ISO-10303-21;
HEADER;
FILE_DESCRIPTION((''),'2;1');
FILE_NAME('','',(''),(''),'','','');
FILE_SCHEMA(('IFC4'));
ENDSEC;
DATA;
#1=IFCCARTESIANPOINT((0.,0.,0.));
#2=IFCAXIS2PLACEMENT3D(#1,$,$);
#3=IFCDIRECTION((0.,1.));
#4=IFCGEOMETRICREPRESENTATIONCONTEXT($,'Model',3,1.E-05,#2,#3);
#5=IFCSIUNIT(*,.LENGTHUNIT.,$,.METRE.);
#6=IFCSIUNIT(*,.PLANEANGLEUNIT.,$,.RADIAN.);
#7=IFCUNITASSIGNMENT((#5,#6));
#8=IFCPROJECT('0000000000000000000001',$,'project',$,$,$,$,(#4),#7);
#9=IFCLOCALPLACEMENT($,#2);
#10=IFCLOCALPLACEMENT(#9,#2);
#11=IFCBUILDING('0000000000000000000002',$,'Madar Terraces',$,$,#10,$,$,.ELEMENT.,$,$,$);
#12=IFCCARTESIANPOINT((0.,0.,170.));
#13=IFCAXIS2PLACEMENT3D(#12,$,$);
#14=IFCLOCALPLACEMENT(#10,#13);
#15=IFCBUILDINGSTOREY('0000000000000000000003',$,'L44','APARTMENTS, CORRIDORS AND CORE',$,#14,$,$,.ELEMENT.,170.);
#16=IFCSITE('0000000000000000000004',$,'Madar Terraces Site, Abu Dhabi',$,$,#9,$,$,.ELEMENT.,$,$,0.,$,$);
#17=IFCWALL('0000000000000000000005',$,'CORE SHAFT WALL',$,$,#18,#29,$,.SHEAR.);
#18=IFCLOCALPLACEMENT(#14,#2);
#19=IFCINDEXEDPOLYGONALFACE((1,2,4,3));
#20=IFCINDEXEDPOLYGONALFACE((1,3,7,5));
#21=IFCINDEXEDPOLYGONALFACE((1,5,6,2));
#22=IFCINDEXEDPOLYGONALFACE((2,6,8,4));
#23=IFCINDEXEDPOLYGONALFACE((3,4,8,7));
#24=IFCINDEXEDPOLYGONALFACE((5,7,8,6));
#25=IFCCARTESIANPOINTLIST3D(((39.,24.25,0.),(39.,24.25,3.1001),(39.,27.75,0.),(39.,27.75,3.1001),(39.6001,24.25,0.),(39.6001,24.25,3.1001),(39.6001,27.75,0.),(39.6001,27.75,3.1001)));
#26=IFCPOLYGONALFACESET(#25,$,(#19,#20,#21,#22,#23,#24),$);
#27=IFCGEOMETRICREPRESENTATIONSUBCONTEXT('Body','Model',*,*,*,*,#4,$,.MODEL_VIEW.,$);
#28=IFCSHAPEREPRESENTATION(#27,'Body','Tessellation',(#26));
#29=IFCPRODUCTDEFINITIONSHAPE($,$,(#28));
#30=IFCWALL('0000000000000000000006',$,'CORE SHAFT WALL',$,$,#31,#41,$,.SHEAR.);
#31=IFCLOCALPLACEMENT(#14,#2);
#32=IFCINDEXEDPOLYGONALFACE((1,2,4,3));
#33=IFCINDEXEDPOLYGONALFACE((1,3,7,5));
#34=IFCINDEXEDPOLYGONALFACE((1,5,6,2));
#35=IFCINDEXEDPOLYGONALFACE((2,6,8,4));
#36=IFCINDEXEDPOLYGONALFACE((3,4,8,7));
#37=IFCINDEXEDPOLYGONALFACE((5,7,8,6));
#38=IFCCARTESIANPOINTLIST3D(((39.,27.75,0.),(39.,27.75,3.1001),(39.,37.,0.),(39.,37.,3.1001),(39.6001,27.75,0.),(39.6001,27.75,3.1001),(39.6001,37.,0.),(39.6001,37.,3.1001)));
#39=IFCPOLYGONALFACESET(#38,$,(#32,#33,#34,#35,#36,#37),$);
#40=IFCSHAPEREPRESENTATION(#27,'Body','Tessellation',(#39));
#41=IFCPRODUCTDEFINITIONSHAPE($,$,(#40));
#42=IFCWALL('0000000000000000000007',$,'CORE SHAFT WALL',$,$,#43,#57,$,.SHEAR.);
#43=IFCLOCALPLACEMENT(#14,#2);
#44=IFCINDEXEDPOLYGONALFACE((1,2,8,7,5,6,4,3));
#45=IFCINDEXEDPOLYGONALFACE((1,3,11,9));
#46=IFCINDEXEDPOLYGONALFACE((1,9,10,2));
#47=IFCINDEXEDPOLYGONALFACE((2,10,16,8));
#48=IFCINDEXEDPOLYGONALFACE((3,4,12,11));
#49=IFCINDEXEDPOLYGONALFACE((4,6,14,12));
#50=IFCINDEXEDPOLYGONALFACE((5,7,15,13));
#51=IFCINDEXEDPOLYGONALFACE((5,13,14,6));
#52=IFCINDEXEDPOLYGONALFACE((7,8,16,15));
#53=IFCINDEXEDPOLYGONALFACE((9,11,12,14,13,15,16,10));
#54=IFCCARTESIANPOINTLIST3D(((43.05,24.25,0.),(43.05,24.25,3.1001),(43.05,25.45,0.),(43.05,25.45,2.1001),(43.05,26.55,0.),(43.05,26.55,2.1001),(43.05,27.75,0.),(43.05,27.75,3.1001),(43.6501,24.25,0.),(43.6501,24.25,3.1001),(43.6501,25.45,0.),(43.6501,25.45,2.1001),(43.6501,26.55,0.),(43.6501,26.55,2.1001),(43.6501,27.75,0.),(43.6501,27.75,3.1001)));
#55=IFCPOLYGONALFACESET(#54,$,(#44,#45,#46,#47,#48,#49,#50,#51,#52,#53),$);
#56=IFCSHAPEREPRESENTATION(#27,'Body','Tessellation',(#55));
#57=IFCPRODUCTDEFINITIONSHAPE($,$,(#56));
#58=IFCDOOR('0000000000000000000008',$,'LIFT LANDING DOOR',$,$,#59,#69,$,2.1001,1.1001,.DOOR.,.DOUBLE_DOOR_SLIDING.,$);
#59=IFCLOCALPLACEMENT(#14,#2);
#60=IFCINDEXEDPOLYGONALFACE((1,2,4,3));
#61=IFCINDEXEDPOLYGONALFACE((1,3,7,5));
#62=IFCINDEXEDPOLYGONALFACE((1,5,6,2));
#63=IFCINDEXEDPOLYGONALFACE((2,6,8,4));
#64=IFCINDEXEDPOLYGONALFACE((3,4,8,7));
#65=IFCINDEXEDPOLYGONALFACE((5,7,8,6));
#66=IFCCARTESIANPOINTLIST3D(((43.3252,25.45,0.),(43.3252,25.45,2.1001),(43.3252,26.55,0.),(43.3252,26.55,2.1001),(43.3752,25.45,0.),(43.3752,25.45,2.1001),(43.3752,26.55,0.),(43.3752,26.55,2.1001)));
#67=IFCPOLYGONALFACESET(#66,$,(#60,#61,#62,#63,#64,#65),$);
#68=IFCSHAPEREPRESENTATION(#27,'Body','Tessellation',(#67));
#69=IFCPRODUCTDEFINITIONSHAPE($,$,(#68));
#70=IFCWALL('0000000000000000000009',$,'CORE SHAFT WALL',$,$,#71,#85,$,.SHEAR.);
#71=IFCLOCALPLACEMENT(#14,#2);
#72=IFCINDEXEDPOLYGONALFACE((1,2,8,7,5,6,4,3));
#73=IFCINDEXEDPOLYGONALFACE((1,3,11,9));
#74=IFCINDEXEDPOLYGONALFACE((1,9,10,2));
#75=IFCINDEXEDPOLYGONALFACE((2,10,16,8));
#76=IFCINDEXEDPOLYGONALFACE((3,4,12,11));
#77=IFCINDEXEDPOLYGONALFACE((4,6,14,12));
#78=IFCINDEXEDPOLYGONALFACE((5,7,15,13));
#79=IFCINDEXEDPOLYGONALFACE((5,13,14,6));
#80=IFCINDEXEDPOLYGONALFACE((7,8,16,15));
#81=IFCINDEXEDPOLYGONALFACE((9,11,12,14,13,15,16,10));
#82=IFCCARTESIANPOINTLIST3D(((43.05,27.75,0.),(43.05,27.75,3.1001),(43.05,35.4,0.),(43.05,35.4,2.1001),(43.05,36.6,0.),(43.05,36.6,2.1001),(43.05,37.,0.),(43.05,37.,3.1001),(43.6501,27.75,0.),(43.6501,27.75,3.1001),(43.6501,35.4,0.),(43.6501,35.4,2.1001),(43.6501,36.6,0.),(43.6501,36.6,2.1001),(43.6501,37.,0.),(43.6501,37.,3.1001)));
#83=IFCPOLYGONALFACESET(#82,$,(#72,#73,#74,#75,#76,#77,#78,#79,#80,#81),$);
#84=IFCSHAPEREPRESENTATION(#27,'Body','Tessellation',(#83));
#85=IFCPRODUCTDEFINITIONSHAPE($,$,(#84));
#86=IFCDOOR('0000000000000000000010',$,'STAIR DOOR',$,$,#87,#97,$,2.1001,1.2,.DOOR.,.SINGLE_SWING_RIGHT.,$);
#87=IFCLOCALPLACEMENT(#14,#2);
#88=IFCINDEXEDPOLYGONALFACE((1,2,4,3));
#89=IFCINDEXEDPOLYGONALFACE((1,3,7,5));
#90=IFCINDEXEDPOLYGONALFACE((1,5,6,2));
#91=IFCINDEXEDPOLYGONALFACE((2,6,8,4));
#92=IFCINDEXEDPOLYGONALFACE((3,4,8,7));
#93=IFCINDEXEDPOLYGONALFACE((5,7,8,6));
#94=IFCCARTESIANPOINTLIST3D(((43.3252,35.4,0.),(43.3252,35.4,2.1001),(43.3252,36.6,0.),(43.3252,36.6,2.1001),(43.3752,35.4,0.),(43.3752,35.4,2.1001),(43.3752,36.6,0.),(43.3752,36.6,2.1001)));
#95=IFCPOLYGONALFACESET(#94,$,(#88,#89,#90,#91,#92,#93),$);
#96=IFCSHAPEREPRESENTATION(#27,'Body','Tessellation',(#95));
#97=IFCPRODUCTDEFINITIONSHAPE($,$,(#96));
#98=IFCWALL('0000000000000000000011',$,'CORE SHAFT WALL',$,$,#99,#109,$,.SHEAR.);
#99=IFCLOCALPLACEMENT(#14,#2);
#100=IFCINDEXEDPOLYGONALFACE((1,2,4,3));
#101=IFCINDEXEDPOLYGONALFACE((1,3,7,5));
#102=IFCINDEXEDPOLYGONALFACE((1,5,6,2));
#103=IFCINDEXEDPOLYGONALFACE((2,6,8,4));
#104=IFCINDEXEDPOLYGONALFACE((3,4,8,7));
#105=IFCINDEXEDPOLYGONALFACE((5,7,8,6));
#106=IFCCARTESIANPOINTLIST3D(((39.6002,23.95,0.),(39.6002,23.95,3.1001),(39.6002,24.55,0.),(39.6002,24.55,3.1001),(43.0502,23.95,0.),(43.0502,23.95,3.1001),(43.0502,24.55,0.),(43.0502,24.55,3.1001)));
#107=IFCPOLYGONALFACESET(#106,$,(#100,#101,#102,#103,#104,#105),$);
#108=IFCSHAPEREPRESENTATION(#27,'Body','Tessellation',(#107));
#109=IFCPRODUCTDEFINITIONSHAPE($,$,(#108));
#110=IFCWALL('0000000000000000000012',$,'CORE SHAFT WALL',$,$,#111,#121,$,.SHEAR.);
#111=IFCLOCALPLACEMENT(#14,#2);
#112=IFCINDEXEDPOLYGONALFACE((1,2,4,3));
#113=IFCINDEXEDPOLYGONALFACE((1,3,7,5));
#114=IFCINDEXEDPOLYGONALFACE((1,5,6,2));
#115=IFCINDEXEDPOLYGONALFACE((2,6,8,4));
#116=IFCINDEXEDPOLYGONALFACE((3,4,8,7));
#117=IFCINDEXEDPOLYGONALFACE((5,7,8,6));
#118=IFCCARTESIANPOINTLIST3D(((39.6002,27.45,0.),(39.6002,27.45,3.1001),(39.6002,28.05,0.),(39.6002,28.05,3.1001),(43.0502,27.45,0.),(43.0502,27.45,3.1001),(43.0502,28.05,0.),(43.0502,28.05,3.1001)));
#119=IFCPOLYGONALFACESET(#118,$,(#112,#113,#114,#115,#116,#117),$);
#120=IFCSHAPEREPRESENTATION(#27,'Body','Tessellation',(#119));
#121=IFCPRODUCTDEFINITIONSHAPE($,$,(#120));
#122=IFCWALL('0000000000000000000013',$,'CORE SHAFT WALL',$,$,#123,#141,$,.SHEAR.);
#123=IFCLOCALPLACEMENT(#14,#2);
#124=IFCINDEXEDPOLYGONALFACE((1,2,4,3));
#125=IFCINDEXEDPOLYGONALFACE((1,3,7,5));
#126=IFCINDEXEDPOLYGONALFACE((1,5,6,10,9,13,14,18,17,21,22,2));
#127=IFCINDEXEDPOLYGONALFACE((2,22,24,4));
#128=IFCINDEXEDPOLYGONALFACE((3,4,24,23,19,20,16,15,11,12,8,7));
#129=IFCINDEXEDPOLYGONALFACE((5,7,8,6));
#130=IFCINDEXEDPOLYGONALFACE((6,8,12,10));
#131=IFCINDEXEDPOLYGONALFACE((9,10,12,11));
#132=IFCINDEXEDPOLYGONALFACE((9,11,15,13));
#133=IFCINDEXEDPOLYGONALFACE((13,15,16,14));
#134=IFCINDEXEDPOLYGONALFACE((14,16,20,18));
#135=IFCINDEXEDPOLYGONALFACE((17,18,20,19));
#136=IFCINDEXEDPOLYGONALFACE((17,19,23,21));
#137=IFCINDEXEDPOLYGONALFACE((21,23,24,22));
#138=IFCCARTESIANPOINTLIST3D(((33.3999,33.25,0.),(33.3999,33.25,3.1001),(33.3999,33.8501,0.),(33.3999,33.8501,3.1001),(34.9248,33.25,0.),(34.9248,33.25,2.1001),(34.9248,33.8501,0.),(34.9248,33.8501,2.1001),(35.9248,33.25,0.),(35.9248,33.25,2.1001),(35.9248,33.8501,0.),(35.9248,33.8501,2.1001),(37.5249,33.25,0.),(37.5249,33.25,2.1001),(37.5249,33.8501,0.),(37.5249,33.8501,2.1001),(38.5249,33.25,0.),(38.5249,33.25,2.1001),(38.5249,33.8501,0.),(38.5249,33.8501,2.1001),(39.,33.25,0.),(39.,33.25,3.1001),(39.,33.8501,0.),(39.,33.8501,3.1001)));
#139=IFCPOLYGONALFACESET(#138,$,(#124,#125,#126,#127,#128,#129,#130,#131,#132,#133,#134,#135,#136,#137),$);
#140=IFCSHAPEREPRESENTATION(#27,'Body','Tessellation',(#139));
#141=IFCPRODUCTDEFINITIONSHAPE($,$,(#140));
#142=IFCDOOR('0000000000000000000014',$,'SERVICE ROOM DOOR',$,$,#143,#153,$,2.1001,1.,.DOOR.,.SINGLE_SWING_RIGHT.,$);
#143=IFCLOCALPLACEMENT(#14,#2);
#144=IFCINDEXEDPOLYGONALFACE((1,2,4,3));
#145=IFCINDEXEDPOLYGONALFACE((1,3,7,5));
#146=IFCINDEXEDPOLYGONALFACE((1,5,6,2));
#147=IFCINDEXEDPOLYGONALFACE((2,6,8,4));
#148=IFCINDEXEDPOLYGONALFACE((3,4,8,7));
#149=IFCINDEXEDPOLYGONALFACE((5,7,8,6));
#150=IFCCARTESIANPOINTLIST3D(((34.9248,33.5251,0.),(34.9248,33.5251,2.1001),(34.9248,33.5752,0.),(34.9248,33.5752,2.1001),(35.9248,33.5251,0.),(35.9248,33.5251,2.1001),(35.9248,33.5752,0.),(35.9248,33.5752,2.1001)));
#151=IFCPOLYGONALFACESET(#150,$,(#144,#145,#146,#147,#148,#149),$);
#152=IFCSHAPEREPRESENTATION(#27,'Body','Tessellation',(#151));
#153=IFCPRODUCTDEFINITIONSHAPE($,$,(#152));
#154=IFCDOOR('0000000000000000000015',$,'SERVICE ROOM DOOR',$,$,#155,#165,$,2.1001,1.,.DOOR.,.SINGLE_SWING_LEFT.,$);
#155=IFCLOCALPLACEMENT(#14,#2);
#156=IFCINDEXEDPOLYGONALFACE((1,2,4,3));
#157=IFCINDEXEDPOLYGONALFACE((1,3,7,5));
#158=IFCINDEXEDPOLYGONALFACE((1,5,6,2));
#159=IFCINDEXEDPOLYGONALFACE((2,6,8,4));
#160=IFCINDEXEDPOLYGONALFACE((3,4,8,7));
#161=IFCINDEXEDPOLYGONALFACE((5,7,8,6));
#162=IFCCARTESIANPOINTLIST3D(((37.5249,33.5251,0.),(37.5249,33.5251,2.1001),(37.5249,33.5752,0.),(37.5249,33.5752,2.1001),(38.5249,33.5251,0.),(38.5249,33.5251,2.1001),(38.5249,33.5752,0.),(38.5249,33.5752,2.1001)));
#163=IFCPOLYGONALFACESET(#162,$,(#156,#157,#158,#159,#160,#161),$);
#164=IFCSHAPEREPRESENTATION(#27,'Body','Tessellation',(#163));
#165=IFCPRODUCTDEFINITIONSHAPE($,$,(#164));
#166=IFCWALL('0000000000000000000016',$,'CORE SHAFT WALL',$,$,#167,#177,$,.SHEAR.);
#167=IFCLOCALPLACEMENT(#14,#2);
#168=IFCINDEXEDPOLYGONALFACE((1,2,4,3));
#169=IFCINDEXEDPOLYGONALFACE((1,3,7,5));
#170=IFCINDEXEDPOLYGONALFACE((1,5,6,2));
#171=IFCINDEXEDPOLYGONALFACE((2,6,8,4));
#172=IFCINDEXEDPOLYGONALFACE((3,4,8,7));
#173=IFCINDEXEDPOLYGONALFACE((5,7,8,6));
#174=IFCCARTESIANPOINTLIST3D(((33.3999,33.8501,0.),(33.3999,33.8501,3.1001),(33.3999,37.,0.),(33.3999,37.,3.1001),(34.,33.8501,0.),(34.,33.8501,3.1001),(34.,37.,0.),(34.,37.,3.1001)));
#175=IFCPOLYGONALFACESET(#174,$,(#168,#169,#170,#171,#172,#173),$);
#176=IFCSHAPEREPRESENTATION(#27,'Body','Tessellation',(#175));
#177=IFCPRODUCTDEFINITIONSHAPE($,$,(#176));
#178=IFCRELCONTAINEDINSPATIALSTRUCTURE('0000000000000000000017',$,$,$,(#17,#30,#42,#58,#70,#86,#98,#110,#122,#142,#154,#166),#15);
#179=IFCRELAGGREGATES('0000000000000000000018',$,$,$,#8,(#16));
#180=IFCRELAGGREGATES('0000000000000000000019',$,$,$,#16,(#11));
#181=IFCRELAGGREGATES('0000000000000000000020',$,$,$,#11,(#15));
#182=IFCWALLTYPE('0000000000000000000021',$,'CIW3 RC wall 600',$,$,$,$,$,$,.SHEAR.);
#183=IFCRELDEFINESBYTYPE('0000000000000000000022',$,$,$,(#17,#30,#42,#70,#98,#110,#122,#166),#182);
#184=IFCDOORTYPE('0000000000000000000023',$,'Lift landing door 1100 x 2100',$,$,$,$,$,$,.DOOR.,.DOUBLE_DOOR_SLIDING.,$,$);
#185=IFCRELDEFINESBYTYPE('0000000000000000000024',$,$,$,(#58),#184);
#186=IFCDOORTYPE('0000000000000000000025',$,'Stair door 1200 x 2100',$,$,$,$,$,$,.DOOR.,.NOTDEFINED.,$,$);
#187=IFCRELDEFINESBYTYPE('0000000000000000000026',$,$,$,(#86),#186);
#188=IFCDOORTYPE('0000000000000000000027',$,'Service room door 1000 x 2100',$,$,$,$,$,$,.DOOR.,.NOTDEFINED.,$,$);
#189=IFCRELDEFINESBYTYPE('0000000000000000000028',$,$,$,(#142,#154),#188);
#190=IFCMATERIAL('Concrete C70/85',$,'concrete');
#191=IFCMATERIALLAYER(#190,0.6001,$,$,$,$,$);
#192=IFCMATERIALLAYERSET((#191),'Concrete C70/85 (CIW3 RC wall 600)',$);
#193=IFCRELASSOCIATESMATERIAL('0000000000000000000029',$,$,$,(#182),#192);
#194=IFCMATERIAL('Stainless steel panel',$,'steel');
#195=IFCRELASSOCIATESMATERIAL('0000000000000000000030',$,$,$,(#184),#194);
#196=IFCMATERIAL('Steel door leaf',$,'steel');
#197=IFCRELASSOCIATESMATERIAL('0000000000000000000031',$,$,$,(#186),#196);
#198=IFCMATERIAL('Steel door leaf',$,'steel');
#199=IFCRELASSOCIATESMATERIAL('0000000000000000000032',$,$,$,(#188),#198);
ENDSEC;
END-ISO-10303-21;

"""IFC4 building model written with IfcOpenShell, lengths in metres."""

from ifc_helpers import new_model, si_unit, direction, frame, frame_2d, origin, place, context, subcontext, project, spatial, rectangle, extrude, material, layer, layer_set, type_object, element, fill, save


model = new_model("IFC4")

# Units and contexts
model_context = context("Model", 3, precision=1e-05, world=origin(), true_north=direction((0.0, 1.0)))
body_context = subcontext(model_context, "Body", "Model", "MODEL_VIEW")
ifc_project = project(units=[si_unit("LENGTHUNIT", "METRE"), si_unit("PLANEANGLEUNIT", "RADIAN")], contexts=[model_context])

# Site, building, storey
site_placement = place(None, origin())
site = spatial("IfcSite", under=ifc_project, at=site_placement, Name="Madar Terraces Site, Abu Dhabi", CompositionType="ELEMENT", RefElevation=0.0)
building_placement = place(site_placement, origin())
building = spatial("IfcBuilding", under=site, at=building_placement, Name="Madar Terraces", CompositionType="ELEMENT")
storey_placement = place(building_placement, frame((0.0, 0.0, 170.0)))
storey = spatial("IfcBuildingStorey", under=building, at=storey_placement, Name="L44", Description="APARTMENTS, CORRIDORS AND CORE", CompositionType="ELEMENT", Elevation=170.0)

# Walls
ifc_material_1 = material(Name="Concrete C70/85", Category="concrete")
ifc_layer_1 = layer(ifc_material_1, 0.6001)
ifc_layer_set_1 = layer_set([ifc_layer_1], Name="Concrete C70/85 (CIW3 RC wall 600)")
wall_type_1 = type_object("IfcWallType", Name="CIW3 RC wall 600", PredefinedType="SHEAR", material=ifc_layer_set_1)
wall_1_placement = place(storey_placement, frame((39.3, 24.25, 0.0), z_axis=(0.0, 0.0, 1.0), x_axis=(0.0, 1.0, 0.0)))
element("IfcWall", 1, at=wall_1_placement, inside=storey, type_object=wall_type_1, Name="CORE SHAFT WALL", PredefinedType="SHEAR", context=body_context, shape_type="SweptSolid", body=[
    extrude(rectangle(XDim=3.5, YDim=0.6001, at=frame_2d((1.75, 0.0))), origin(), (0.0, 0.0, 1.0), 3.1001),
])
wall_2_placement = place(storey_placement, frame((39.3, 27.75, 0.0), z_axis=(0.0, 0.0, 1.0), x_axis=(0.0, 1.0, 0.0)))
element("IfcWall", 2, at=wall_2_placement, inside=storey, type_object=wall_type_1, Name="CORE SHAFT WALL", PredefinedType="SHEAR", context=body_context, shape_type="SweptSolid", body=[
    extrude(rectangle(XDim=9.25, YDim=0.6001, at=frame_2d((4.625, 0.0))), origin(), (0.0, 0.0, 1.0), 3.1001),
])

# Walls, openings, doors
wall_3_placement = place(storey_placement, frame((43.3501, 24.25, 0.0), z_axis=(0.0, 0.0, 1.0), x_axis=(0.0, 1.0, 0.0)))
wall_3 = element("IfcWall", 3, at=wall_3_placement, inside=storey, type_object=wall_type_1, Name="CORE SHAFT WALL", PredefinedType="SHEAR", context=body_context, shape_type="SweptSolid", body=[
    extrude(rectangle(XDim=3.5, YDim=0.6001, at=frame_2d((1.75, 0.0))), origin(), (0.0, 0.0, 1.0), 3.1001),
])
opening_1_placement = place(wall_3_placement, frame((1.2, 0.0, 0.0)))
opening_1 = element("IfcOpeningElement", 4, at=opening_1_placement, cuts=wall_3, PredefinedType="OPENING", context=body_context, shape_type="SweptSolid", body=[
    extrude(rectangle(XDim=1.1001, YDim=2.1001, at=frame_2d((0.55, 1.05))), frame((0.0, 0.3101, 0.0), z_axis=(0.0, -1.0, 0.0), x_axis=(1.0, 0.0, 0.0)), (0.0, 0.0, 1.0), 0.6201),
])
ifc_material_2 = material(Name="Stainless steel panel", Category="steel")
door_type_1 = type_object("IfcDoorType", Name="Lift landing door 1100 x 2100", OperationType="DOUBLE_DOOR_SLIDING", PredefinedType="DOOR", material=ifc_material_2)
door_1_placement = place(opening_1_placement, origin())
door_1 = element("IfcDoor", 5, at=door_1_placement, inside=storey, type_object=door_type_1, Name="LIFT LANDING DOOR", OperationType="DOUBLE_DOOR_SLIDING", OverallHeight=2.1001, OverallWidth=1.1001, PredefinedType="DOOR", context=body_context, shape_type="SweptSolid", body=[
    extrude(rectangle(XDim=1.1001, YDim=2.1001, at=frame_2d((0.55, 1.05))), frame((0.0, 0.0249, 0.0), z_axis=(0.0, -1.0, 0.0), x_axis=(1.0, 0.0, 0.0)), (0.0, 0.0, 1.0), 0.05),
])
fill(opening_1, door_1)
wall_4_placement = place(storey_placement, frame((43.3501, 27.75, 0.0), z_axis=(0.0, 0.0, 1.0), x_axis=(0.0, 1.0, 0.0)))
wall_4 = element("IfcWall", 6, at=wall_4_placement, inside=storey, type_object=wall_type_1, Name="CORE SHAFT WALL", PredefinedType="SHEAR", context=body_context, shape_type="SweptSolid", body=[
    extrude(rectangle(XDim=9.25, YDim=0.6001, at=frame_2d((4.625, 0.0))), origin(), (0.0, 0.0, 1.0), 3.1001),
])
opening_2_placement = place(wall_4_placement, frame((7.6499, 0.0, 0.0)))
opening_2 = element("IfcOpeningElement", 7, at=opening_2_placement, cuts=wall_4, PredefinedType="OPENING", context=body_context, shape_type="SweptSolid", body=[
    extrude(rectangle(XDim=1.2, YDim=2.1001, at=frame_2d((0.6001, 1.05))), frame((0.0, 0.3101, 0.0), z_axis=(0.0, -1.0, 0.0), x_axis=(1.0, 0.0, 0.0)), (0.0, 0.0, 1.0), 0.6201),
])
ifc_material_3 = material(Name="Steel door leaf", Category="steel")
door_type_2 = type_object("IfcDoorType", Name="Stair door 1200 x 2100", OperationType="NOTDEFINED", PredefinedType="DOOR", material=ifc_material_3)
door_2_placement = place(opening_2_placement, origin())
door_2 = element("IfcDoor", 8, at=door_2_placement, inside=storey, type_object=door_type_2, Name="STAIR DOOR", OperationType="SINGLE_SWING_RIGHT", OverallHeight=2.1001, OverallWidth=1.2, PredefinedType="DOOR", context=body_context, shape_type="SweptSolid", body=[
    extrude(rectangle(XDim=1.2, YDim=2.1001, at=frame_2d((0.6001, 1.05))), frame((0.0, 0.0249, 0.0), z_axis=(0.0, -1.0, 0.0), x_axis=(1.0, 0.0, 0.0)), (0.0, 0.0, 1.0), 0.05),
])
fill(opening_2, door_2)

# Walls
for number, where, z_axis, x_axis, name in (
    (9, (39.6001, 24.25, 0.0), (0.0, 0.0, 1.0), (1.0, 0.0, 0.0), "CORE SHAFT WALL"),
    (10, (39.6001, 27.75, 0.0), (0.0, 0.0, 1.0), (1.0, 0.0, 0.0), "CORE SHAFT WALL"),
):
    element("IfcWall", number, at=place(storey_placement, frame(where, z_axis=z_axis, x_axis=x_axis)), inside=storey, type_object=wall_type_1, Name=name, PredefinedType="SHEAR", context=body_context, shape_type="SweptSolid", body=[
        extrude(rectangle(XDim=3.45, YDim=0.6001, at=frame_2d((1.7251, 0.0))), origin(), (0.0, 0.0, 1.0), 3.1001),
    ])

# Wall, openings, doors
wall_5_placement = place(storey_placement, frame((33.3999, 33.55, 0.0), z_axis=(0.0, 0.0, 1.0), x_axis=(1.0, 0.0, 0.0)))
wall_5 = element("IfcWall", 11, at=wall_5_placement, inside=storey, type_object=wall_type_1, Name="CORE SHAFT WALL", PredefinedType="SHEAR", context=body_context, shape_type="SweptSolid", body=[
    extrude(rectangle(XDim=5.6001, YDim=0.6001, at=frame_2d((2.8, 0.0))), origin(), (0.0, 0.0, 1.0), 3.1001),
])
opening_3_placement = place(wall_5_placement, frame((1.5249, 0.0, 0.0)))
opening_3 = element("IfcOpeningElement", 12, at=opening_3_placement, cuts=wall_5, PredefinedType="OPENING", context=body_context, shape_type="SweptSolid", body=[
    extrude(rectangle(XDim=1.0, YDim=2.1001, at=frame_2d((0.5, 1.05))), frame((0.0, 0.3101, 0.0), z_axis=(0.0, -1.0, 0.0), x_axis=(1.0, 0.0, 0.0)), (0.0, 0.0, 1.0), 0.6201),
])
opening_4_placement = place(wall_5_placement, frame((4.125, 0.0, 0.0)))
opening_4 = element("IfcOpeningElement", 13, at=opening_4_placement, cuts=wall_5, PredefinedType="OPENING", context=body_context, shape_type="SweptSolid", body=[
    extrude(rectangle(XDim=1.0, YDim=2.1001, at=frame_2d((0.5, 1.05))), frame((0.0, 0.3101, 0.0), z_axis=(0.0, -1.0, 0.0), x_axis=(1.0, 0.0, 0.0)), (0.0, 0.0, 1.0), 0.6201),
])
ifc_material_4 = material(Name="Steel door leaf", Category="steel")
door_type_3 = type_object("IfcDoorType", Name="Service room door 1000 x 2100", OperationType="NOTDEFINED", PredefinedType="DOOR", material=ifc_material_4)
door_3_placement = place(opening_3_placement, frame((1.0, 0.0, 0.0), z_axis=(0.0, 0.0, 1.0), x_axis=(-1.0, 0.0, 0.0)))
door_3 = element("IfcDoor", 14, at=door_3_placement, inside=storey, type_object=door_type_3, Name="SERVICE ROOM DOOR", OperationType="SINGLE_SWING_RIGHT", OverallHeight=2.1001, OverallWidth=1.0, PredefinedType="DOOR", context=body_context, shape_type="SweptSolid", body=[
    extrude(rectangle(XDim=1.0, YDim=2.1001, at=frame_2d((0.5, 1.05))), frame((0.0, 0.0249, 0.0), z_axis=(0.0, -1.0, 0.0), x_axis=(1.0, 0.0, 0.0)), (0.0, 0.0, 1.0), 0.05),
])
fill(opening_3, door_3)
door_4_placement = place(opening_4_placement, frame((1.0, 0.0, 0.0), z_axis=(0.0, 0.0, 1.0), x_axis=(-1.0, 0.0, 0.0)))
door_4 = element("IfcDoor", 15, at=door_4_placement, inside=storey, type_object=door_type_3, Name="SERVICE ROOM DOOR", OperationType="SINGLE_SWING_LEFT", OverallHeight=2.1001, OverallWidth=1.0, PredefinedType="DOOR", context=body_context, shape_type="SweptSolid", body=[
    extrude(rectangle(XDim=1.0, YDim=2.1001, at=frame_2d((0.5, 1.05))), frame((0.0, 0.0249, 0.0), z_axis=(0.0, -1.0, 0.0), x_axis=(1.0, 0.0, 0.0)), (0.0, 0.0, 1.0), 0.05),
])
fill(opening_4, door_4)

# Wall
wall_6_placement = place(storey_placement, frame((33.7, 33.8501, 0.0), z_axis=(0.0, 0.0, 1.0), x_axis=(0.0, 1.0, 0.0)))
element("IfcWall", 16, at=wall_6_placement, inside=storey, type_object=wall_type_1, Name="CORE SHAFT WALL", PredefinedType="SHEAR", context=body_context, shape_type="SweptSolid", body=[
    extrude(rectangle(XDim=3.1499, YDim=0.6001, at=frame_2d((1.575, 0.0))), origin(), (0.0, 0.0, 1.0), 3.1001),
])

save(model, "model.ifc")
